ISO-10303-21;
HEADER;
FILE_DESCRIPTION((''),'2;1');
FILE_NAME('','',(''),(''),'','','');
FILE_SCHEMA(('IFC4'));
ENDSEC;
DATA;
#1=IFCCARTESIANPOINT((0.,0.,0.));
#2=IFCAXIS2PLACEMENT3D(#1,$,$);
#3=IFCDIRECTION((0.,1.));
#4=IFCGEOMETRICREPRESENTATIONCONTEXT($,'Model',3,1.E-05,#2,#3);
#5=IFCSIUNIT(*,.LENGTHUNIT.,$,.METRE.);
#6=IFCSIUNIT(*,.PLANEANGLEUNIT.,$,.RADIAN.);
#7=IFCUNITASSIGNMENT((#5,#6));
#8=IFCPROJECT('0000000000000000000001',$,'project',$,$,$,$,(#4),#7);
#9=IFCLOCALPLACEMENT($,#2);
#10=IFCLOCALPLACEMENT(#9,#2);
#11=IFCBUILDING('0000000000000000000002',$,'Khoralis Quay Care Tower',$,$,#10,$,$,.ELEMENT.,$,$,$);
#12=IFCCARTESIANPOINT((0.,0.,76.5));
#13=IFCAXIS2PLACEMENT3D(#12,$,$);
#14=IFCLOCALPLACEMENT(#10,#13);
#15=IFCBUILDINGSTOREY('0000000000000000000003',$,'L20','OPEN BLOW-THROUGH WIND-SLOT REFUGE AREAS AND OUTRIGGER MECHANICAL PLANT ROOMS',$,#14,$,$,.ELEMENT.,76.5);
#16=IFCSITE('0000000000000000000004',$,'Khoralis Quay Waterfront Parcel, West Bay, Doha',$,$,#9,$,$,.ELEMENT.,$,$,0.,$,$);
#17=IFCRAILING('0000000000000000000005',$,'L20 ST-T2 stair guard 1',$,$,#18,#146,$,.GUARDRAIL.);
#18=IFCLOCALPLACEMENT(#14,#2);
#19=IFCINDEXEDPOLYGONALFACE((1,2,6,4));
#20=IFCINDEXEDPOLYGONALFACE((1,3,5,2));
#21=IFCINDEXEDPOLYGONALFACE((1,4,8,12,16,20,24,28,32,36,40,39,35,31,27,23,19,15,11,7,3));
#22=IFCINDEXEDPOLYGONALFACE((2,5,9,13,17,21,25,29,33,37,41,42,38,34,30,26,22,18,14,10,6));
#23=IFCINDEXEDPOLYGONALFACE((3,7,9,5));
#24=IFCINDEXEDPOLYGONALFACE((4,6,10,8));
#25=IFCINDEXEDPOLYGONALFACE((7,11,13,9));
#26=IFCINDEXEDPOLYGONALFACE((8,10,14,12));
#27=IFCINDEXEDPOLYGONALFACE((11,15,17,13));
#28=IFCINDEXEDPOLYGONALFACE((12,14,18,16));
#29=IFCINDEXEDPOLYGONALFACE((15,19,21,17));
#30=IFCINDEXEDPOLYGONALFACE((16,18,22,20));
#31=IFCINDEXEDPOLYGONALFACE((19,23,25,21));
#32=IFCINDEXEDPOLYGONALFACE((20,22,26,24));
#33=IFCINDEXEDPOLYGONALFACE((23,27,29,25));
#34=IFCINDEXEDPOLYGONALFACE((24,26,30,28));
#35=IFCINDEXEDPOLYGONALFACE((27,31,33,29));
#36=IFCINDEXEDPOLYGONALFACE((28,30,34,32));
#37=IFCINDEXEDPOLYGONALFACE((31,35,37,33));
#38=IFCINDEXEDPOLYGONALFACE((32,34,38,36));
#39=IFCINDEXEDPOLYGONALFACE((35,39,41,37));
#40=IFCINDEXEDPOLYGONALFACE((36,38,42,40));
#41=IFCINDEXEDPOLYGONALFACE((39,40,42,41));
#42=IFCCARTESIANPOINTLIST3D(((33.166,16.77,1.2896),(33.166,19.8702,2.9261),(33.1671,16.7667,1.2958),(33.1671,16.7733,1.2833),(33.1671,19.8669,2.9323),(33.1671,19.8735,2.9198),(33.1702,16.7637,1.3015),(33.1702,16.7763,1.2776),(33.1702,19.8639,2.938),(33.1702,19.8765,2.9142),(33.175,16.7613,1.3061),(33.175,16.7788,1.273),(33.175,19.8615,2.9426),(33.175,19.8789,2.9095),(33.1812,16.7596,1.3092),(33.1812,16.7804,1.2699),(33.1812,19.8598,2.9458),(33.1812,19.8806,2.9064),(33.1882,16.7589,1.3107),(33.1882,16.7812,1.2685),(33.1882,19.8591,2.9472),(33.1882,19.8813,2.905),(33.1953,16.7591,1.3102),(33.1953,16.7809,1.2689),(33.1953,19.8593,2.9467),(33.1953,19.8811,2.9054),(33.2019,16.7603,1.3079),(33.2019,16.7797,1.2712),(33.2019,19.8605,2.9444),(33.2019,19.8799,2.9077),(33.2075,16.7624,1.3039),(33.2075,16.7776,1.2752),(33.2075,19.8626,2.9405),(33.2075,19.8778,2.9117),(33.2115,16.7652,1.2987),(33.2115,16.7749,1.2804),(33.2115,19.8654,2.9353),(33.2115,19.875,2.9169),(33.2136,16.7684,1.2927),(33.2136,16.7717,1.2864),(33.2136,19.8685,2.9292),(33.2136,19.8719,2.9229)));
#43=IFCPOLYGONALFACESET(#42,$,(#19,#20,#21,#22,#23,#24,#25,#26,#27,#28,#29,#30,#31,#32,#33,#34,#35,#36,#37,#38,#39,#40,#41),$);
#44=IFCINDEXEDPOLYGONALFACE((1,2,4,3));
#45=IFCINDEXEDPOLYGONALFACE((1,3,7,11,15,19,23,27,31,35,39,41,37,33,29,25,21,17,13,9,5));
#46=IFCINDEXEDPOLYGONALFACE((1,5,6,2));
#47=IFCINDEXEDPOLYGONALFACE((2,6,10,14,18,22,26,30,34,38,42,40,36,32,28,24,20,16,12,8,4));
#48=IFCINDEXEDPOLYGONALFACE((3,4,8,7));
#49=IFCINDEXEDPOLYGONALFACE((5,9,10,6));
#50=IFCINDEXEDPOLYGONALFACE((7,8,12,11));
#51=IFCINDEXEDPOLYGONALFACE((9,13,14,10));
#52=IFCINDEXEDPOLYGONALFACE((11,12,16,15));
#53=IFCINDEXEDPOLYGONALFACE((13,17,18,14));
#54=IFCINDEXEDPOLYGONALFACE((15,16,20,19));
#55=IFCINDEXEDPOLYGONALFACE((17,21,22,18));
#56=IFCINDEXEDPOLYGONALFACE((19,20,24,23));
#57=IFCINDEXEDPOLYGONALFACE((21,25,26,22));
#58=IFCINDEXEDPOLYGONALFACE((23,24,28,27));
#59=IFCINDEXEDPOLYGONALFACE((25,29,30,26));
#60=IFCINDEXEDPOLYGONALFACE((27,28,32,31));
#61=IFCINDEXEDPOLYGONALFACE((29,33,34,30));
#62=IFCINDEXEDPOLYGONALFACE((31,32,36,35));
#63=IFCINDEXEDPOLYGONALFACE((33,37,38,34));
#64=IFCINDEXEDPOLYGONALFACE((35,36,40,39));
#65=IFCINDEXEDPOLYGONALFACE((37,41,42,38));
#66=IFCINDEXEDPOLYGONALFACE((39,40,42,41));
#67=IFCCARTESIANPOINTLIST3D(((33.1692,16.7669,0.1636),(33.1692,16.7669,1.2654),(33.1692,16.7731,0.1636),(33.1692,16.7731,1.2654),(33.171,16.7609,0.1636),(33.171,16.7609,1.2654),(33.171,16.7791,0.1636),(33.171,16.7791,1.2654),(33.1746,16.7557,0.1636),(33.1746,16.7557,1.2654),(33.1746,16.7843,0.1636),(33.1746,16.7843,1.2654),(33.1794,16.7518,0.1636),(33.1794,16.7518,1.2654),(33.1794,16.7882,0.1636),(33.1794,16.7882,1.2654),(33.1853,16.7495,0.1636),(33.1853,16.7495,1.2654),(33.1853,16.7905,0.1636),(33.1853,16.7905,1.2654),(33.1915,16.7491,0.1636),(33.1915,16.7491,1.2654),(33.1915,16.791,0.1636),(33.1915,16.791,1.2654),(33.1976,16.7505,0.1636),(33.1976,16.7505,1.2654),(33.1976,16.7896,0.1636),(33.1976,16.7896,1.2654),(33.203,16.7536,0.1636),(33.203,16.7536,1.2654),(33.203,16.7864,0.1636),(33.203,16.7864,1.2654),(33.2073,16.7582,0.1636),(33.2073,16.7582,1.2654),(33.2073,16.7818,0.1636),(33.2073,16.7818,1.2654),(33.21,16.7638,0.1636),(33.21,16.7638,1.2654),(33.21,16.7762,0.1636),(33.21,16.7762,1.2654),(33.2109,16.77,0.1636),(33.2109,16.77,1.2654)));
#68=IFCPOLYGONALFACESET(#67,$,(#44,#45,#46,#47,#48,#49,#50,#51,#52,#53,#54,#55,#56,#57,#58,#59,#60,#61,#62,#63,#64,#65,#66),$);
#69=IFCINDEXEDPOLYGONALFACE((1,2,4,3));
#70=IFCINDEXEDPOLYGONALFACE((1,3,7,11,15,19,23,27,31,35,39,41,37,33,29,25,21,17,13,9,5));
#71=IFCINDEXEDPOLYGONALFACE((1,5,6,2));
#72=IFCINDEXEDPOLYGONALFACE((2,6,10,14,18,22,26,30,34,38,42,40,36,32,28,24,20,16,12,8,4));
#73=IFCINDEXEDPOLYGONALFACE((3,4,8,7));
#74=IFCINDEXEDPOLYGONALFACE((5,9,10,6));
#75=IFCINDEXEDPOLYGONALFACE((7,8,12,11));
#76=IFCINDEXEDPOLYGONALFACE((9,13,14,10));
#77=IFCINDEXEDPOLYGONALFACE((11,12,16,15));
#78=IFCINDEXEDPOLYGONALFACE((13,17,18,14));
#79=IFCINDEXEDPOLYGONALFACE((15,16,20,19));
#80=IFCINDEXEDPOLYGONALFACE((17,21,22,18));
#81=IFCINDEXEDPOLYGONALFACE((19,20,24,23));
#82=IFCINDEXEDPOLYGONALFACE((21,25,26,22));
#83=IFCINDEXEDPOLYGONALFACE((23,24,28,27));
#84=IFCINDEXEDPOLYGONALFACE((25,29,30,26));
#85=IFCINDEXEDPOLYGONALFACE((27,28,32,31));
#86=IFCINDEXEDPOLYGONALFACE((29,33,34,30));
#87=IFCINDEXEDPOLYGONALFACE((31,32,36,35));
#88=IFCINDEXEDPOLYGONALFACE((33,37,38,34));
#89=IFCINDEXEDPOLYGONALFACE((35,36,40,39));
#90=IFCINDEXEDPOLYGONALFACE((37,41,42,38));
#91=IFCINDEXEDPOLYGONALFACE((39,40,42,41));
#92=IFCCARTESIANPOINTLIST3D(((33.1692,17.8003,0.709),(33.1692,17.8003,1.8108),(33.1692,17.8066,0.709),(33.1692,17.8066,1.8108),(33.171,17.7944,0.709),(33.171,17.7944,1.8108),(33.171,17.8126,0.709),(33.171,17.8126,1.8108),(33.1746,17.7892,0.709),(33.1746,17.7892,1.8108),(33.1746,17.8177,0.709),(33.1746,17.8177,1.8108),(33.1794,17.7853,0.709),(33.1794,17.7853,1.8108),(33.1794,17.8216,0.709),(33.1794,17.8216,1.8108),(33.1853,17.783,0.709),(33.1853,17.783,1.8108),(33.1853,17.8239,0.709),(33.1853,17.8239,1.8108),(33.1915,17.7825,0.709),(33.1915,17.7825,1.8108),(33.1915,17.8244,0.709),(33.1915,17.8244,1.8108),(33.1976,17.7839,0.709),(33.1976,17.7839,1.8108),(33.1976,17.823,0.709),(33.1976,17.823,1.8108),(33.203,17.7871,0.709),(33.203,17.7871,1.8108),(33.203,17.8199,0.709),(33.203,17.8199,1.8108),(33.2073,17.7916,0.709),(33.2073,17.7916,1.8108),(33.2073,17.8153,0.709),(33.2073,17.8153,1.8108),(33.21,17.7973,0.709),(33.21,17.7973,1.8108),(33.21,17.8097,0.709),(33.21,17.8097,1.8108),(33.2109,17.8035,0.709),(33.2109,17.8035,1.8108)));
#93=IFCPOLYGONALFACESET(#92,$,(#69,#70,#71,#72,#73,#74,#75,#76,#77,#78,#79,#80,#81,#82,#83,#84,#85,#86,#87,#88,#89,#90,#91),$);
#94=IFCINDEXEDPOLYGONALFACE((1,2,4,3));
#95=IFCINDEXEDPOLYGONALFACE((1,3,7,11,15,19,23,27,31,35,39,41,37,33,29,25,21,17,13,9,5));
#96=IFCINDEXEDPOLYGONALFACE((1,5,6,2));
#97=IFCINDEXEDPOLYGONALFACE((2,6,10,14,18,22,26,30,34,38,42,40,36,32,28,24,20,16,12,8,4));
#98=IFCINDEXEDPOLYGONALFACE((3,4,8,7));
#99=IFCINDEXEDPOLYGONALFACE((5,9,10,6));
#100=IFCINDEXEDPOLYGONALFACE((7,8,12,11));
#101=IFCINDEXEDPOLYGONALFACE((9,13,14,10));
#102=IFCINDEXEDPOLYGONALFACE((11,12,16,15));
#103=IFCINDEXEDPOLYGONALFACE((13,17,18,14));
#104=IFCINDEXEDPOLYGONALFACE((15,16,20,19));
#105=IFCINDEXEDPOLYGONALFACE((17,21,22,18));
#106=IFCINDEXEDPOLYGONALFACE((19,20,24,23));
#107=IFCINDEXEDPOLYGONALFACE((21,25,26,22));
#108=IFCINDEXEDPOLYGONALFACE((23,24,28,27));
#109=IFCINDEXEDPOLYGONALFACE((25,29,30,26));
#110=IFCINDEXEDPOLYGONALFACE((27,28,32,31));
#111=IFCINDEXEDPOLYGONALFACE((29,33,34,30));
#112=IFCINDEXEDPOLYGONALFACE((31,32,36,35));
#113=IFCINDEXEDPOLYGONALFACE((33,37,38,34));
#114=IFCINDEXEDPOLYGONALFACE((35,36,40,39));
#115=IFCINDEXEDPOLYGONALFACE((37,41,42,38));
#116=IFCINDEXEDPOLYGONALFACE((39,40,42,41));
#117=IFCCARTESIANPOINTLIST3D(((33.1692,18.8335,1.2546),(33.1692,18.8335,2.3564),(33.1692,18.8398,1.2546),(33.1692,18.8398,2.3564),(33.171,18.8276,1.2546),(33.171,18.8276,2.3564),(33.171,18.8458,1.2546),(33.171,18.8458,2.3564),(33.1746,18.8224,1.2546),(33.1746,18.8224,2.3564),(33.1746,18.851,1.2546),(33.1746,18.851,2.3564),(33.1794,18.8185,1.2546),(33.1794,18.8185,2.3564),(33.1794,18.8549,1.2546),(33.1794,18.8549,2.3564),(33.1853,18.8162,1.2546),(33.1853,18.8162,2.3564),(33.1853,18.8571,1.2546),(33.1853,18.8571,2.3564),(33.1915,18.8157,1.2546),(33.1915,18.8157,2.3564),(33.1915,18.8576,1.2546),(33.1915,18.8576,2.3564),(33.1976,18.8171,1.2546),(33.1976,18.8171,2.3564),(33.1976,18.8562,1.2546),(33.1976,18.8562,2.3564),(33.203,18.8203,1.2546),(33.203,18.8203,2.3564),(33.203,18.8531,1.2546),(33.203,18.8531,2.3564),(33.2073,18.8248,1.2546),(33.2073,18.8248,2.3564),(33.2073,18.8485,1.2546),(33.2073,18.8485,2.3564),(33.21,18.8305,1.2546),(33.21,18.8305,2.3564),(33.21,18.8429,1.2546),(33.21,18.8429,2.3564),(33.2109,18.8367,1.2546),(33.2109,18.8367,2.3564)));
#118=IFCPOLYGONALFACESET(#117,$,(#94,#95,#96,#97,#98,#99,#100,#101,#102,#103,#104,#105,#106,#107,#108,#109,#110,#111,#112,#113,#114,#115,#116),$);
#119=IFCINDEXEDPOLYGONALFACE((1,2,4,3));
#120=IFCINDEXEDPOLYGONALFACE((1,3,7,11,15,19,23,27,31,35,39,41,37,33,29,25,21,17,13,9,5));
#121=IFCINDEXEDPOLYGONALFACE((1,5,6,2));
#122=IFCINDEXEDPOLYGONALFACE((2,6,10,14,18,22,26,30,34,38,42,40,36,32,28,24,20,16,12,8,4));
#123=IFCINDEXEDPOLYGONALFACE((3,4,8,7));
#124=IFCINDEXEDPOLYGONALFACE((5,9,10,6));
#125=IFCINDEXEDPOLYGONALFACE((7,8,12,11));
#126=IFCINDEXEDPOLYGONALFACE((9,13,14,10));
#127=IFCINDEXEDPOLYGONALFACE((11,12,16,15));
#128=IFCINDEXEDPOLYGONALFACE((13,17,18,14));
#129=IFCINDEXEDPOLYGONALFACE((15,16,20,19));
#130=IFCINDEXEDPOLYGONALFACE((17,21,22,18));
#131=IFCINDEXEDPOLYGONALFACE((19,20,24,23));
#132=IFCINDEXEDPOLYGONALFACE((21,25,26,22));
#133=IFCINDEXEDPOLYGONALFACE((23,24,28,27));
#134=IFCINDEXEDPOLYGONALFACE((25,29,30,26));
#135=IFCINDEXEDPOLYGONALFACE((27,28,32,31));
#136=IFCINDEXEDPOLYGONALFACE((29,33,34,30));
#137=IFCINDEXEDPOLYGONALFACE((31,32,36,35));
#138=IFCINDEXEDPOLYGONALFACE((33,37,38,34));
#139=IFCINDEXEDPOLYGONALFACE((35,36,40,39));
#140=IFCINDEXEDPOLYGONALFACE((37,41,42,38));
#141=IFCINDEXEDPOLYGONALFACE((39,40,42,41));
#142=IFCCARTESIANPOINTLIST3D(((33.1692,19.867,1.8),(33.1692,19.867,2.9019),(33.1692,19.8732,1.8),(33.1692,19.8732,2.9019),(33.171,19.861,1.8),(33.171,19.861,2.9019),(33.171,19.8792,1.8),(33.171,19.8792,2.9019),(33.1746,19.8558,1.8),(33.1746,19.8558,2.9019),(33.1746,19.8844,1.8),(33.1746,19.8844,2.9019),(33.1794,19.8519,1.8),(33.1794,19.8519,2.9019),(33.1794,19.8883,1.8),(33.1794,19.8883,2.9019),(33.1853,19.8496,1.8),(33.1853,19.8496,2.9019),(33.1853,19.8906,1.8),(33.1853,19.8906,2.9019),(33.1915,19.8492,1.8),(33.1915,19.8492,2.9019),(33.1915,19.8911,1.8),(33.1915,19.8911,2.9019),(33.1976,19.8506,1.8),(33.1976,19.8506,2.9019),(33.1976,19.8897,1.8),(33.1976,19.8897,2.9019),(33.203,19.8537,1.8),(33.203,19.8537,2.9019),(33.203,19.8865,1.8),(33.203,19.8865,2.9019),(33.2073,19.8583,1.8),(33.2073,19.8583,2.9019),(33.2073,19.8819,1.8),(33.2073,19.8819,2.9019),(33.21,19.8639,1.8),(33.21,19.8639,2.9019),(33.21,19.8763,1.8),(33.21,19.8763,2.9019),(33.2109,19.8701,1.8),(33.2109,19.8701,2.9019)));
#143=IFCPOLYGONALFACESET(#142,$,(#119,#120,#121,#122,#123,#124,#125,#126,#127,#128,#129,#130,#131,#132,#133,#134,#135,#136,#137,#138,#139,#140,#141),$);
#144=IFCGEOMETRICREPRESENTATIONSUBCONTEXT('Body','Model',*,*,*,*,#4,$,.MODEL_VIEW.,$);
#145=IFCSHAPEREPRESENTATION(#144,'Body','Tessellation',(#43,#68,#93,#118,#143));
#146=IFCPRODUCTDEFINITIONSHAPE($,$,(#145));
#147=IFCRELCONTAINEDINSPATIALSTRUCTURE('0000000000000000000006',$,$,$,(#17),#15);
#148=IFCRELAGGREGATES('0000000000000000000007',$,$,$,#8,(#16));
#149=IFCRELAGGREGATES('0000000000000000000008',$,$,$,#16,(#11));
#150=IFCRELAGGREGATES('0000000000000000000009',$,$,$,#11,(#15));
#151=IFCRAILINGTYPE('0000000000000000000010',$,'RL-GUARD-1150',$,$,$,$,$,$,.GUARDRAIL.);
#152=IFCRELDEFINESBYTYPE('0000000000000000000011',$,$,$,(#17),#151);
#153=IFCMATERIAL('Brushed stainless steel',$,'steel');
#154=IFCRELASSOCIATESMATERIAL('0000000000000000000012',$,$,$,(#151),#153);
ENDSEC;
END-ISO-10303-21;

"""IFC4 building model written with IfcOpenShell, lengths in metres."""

from ifc_helpers import new_model, si_unit, direction, frame, origin, origin_2d, place, context, subcontext, project, spatial, circle, extrude, material, type_object, element, save


model = new_model("IFC4")

# Units and contexts
model_context = context("Model", 3, precision=1e-05, world=origin(), true_north=direction((0.0, 1.0)))
body_context = subcontext(model_context, "Body", "Model", "MODEL_VIEW")
ifc_project = project(units=[si_unit("LENGTHUNIT", "METRE"), si_unit("PLANEANGLEUNIT", "RADIAN")], contexts=[model_context])

# Site, building, storey
site_placement = place(None, origin())
site = spatial("IfcSite", under=ifc_project, at=site_placement, Name="Khoralis Quay Waterfront Parcel, West Bay, Doha", CompositionType="ELEMENT", RefElevation=0.0)
building_placement = place(site_placement, origin())
building = spatial("IfcBuilding", under=site, at=building_placement, Name="Khoralis Quay Care Tower", CompositionType="ELEMENT")
storey_placement = place(building_placement, frame((0.0, 0.0, 76.5)))
storey = spatial("IfcBuildingStorey", under=building, at=storey_placement, Name="L20", Description="OPEN BLOW-THROUGH WIND-SLOT REFUGE AREAS AND OUTRIGGER MECHANICAL PLANT ROOMS", CompositionType="ELEMENT", Elevation=76.5)

# Railing
ifc_material_1 = material(Name="Brushed stainless steel", Category="steel")
railing_type_1 = type_object("IfcRailingType", Name="RL-GUARD-1150", PredefinedType="GUARDRAIL", material=ifc_material_1)
railing_1_placement = place(storey_placement, frame((33.1899, 16.77, 0.1636)))
element("IfcRailing", 1, at=railing_1_placement, inside=storey, type_object=railing_type_1, Name="L20 ST-T2 stair guard 1", PredefinedType="GUARDRAIL", context=body_context, shape_type="SweptSolid", body=[
    extrude(circle(Radius=0.0239, at=origin_2d()), frame((0.0, 0.0, 1.126), z_axis=(0.0, 0.884348, 0.466828), x_axis=(-1.0, 0.0, 0.0)), (0.0, 0.0, 1.0), 3.5056),
    extrude(circle(Radius=0.021, at=origin_2d()), origin(), (0.0, 0.0, 1.0), 1.1018),
    extrude(circle(Radius=0.021, at=origin_2d()), frame((0.0, 1.0334, 0.5454)), (0.0, 0.0, 1.0), 1.1018),
    extrude(circle(Radius=0.021, at=origin_2d()), frame((0.0, 2.0667, 1.0911)), (0.0, 0.0, 1.0), 1.1018),
    extrude(circle(Radius=0.021, at=origin_2d()), frame((0.0, 3.1001, 1.6365)), (0.0, 0.0, 1.0), 1.1018),
])

save(model, "model.ifc")
